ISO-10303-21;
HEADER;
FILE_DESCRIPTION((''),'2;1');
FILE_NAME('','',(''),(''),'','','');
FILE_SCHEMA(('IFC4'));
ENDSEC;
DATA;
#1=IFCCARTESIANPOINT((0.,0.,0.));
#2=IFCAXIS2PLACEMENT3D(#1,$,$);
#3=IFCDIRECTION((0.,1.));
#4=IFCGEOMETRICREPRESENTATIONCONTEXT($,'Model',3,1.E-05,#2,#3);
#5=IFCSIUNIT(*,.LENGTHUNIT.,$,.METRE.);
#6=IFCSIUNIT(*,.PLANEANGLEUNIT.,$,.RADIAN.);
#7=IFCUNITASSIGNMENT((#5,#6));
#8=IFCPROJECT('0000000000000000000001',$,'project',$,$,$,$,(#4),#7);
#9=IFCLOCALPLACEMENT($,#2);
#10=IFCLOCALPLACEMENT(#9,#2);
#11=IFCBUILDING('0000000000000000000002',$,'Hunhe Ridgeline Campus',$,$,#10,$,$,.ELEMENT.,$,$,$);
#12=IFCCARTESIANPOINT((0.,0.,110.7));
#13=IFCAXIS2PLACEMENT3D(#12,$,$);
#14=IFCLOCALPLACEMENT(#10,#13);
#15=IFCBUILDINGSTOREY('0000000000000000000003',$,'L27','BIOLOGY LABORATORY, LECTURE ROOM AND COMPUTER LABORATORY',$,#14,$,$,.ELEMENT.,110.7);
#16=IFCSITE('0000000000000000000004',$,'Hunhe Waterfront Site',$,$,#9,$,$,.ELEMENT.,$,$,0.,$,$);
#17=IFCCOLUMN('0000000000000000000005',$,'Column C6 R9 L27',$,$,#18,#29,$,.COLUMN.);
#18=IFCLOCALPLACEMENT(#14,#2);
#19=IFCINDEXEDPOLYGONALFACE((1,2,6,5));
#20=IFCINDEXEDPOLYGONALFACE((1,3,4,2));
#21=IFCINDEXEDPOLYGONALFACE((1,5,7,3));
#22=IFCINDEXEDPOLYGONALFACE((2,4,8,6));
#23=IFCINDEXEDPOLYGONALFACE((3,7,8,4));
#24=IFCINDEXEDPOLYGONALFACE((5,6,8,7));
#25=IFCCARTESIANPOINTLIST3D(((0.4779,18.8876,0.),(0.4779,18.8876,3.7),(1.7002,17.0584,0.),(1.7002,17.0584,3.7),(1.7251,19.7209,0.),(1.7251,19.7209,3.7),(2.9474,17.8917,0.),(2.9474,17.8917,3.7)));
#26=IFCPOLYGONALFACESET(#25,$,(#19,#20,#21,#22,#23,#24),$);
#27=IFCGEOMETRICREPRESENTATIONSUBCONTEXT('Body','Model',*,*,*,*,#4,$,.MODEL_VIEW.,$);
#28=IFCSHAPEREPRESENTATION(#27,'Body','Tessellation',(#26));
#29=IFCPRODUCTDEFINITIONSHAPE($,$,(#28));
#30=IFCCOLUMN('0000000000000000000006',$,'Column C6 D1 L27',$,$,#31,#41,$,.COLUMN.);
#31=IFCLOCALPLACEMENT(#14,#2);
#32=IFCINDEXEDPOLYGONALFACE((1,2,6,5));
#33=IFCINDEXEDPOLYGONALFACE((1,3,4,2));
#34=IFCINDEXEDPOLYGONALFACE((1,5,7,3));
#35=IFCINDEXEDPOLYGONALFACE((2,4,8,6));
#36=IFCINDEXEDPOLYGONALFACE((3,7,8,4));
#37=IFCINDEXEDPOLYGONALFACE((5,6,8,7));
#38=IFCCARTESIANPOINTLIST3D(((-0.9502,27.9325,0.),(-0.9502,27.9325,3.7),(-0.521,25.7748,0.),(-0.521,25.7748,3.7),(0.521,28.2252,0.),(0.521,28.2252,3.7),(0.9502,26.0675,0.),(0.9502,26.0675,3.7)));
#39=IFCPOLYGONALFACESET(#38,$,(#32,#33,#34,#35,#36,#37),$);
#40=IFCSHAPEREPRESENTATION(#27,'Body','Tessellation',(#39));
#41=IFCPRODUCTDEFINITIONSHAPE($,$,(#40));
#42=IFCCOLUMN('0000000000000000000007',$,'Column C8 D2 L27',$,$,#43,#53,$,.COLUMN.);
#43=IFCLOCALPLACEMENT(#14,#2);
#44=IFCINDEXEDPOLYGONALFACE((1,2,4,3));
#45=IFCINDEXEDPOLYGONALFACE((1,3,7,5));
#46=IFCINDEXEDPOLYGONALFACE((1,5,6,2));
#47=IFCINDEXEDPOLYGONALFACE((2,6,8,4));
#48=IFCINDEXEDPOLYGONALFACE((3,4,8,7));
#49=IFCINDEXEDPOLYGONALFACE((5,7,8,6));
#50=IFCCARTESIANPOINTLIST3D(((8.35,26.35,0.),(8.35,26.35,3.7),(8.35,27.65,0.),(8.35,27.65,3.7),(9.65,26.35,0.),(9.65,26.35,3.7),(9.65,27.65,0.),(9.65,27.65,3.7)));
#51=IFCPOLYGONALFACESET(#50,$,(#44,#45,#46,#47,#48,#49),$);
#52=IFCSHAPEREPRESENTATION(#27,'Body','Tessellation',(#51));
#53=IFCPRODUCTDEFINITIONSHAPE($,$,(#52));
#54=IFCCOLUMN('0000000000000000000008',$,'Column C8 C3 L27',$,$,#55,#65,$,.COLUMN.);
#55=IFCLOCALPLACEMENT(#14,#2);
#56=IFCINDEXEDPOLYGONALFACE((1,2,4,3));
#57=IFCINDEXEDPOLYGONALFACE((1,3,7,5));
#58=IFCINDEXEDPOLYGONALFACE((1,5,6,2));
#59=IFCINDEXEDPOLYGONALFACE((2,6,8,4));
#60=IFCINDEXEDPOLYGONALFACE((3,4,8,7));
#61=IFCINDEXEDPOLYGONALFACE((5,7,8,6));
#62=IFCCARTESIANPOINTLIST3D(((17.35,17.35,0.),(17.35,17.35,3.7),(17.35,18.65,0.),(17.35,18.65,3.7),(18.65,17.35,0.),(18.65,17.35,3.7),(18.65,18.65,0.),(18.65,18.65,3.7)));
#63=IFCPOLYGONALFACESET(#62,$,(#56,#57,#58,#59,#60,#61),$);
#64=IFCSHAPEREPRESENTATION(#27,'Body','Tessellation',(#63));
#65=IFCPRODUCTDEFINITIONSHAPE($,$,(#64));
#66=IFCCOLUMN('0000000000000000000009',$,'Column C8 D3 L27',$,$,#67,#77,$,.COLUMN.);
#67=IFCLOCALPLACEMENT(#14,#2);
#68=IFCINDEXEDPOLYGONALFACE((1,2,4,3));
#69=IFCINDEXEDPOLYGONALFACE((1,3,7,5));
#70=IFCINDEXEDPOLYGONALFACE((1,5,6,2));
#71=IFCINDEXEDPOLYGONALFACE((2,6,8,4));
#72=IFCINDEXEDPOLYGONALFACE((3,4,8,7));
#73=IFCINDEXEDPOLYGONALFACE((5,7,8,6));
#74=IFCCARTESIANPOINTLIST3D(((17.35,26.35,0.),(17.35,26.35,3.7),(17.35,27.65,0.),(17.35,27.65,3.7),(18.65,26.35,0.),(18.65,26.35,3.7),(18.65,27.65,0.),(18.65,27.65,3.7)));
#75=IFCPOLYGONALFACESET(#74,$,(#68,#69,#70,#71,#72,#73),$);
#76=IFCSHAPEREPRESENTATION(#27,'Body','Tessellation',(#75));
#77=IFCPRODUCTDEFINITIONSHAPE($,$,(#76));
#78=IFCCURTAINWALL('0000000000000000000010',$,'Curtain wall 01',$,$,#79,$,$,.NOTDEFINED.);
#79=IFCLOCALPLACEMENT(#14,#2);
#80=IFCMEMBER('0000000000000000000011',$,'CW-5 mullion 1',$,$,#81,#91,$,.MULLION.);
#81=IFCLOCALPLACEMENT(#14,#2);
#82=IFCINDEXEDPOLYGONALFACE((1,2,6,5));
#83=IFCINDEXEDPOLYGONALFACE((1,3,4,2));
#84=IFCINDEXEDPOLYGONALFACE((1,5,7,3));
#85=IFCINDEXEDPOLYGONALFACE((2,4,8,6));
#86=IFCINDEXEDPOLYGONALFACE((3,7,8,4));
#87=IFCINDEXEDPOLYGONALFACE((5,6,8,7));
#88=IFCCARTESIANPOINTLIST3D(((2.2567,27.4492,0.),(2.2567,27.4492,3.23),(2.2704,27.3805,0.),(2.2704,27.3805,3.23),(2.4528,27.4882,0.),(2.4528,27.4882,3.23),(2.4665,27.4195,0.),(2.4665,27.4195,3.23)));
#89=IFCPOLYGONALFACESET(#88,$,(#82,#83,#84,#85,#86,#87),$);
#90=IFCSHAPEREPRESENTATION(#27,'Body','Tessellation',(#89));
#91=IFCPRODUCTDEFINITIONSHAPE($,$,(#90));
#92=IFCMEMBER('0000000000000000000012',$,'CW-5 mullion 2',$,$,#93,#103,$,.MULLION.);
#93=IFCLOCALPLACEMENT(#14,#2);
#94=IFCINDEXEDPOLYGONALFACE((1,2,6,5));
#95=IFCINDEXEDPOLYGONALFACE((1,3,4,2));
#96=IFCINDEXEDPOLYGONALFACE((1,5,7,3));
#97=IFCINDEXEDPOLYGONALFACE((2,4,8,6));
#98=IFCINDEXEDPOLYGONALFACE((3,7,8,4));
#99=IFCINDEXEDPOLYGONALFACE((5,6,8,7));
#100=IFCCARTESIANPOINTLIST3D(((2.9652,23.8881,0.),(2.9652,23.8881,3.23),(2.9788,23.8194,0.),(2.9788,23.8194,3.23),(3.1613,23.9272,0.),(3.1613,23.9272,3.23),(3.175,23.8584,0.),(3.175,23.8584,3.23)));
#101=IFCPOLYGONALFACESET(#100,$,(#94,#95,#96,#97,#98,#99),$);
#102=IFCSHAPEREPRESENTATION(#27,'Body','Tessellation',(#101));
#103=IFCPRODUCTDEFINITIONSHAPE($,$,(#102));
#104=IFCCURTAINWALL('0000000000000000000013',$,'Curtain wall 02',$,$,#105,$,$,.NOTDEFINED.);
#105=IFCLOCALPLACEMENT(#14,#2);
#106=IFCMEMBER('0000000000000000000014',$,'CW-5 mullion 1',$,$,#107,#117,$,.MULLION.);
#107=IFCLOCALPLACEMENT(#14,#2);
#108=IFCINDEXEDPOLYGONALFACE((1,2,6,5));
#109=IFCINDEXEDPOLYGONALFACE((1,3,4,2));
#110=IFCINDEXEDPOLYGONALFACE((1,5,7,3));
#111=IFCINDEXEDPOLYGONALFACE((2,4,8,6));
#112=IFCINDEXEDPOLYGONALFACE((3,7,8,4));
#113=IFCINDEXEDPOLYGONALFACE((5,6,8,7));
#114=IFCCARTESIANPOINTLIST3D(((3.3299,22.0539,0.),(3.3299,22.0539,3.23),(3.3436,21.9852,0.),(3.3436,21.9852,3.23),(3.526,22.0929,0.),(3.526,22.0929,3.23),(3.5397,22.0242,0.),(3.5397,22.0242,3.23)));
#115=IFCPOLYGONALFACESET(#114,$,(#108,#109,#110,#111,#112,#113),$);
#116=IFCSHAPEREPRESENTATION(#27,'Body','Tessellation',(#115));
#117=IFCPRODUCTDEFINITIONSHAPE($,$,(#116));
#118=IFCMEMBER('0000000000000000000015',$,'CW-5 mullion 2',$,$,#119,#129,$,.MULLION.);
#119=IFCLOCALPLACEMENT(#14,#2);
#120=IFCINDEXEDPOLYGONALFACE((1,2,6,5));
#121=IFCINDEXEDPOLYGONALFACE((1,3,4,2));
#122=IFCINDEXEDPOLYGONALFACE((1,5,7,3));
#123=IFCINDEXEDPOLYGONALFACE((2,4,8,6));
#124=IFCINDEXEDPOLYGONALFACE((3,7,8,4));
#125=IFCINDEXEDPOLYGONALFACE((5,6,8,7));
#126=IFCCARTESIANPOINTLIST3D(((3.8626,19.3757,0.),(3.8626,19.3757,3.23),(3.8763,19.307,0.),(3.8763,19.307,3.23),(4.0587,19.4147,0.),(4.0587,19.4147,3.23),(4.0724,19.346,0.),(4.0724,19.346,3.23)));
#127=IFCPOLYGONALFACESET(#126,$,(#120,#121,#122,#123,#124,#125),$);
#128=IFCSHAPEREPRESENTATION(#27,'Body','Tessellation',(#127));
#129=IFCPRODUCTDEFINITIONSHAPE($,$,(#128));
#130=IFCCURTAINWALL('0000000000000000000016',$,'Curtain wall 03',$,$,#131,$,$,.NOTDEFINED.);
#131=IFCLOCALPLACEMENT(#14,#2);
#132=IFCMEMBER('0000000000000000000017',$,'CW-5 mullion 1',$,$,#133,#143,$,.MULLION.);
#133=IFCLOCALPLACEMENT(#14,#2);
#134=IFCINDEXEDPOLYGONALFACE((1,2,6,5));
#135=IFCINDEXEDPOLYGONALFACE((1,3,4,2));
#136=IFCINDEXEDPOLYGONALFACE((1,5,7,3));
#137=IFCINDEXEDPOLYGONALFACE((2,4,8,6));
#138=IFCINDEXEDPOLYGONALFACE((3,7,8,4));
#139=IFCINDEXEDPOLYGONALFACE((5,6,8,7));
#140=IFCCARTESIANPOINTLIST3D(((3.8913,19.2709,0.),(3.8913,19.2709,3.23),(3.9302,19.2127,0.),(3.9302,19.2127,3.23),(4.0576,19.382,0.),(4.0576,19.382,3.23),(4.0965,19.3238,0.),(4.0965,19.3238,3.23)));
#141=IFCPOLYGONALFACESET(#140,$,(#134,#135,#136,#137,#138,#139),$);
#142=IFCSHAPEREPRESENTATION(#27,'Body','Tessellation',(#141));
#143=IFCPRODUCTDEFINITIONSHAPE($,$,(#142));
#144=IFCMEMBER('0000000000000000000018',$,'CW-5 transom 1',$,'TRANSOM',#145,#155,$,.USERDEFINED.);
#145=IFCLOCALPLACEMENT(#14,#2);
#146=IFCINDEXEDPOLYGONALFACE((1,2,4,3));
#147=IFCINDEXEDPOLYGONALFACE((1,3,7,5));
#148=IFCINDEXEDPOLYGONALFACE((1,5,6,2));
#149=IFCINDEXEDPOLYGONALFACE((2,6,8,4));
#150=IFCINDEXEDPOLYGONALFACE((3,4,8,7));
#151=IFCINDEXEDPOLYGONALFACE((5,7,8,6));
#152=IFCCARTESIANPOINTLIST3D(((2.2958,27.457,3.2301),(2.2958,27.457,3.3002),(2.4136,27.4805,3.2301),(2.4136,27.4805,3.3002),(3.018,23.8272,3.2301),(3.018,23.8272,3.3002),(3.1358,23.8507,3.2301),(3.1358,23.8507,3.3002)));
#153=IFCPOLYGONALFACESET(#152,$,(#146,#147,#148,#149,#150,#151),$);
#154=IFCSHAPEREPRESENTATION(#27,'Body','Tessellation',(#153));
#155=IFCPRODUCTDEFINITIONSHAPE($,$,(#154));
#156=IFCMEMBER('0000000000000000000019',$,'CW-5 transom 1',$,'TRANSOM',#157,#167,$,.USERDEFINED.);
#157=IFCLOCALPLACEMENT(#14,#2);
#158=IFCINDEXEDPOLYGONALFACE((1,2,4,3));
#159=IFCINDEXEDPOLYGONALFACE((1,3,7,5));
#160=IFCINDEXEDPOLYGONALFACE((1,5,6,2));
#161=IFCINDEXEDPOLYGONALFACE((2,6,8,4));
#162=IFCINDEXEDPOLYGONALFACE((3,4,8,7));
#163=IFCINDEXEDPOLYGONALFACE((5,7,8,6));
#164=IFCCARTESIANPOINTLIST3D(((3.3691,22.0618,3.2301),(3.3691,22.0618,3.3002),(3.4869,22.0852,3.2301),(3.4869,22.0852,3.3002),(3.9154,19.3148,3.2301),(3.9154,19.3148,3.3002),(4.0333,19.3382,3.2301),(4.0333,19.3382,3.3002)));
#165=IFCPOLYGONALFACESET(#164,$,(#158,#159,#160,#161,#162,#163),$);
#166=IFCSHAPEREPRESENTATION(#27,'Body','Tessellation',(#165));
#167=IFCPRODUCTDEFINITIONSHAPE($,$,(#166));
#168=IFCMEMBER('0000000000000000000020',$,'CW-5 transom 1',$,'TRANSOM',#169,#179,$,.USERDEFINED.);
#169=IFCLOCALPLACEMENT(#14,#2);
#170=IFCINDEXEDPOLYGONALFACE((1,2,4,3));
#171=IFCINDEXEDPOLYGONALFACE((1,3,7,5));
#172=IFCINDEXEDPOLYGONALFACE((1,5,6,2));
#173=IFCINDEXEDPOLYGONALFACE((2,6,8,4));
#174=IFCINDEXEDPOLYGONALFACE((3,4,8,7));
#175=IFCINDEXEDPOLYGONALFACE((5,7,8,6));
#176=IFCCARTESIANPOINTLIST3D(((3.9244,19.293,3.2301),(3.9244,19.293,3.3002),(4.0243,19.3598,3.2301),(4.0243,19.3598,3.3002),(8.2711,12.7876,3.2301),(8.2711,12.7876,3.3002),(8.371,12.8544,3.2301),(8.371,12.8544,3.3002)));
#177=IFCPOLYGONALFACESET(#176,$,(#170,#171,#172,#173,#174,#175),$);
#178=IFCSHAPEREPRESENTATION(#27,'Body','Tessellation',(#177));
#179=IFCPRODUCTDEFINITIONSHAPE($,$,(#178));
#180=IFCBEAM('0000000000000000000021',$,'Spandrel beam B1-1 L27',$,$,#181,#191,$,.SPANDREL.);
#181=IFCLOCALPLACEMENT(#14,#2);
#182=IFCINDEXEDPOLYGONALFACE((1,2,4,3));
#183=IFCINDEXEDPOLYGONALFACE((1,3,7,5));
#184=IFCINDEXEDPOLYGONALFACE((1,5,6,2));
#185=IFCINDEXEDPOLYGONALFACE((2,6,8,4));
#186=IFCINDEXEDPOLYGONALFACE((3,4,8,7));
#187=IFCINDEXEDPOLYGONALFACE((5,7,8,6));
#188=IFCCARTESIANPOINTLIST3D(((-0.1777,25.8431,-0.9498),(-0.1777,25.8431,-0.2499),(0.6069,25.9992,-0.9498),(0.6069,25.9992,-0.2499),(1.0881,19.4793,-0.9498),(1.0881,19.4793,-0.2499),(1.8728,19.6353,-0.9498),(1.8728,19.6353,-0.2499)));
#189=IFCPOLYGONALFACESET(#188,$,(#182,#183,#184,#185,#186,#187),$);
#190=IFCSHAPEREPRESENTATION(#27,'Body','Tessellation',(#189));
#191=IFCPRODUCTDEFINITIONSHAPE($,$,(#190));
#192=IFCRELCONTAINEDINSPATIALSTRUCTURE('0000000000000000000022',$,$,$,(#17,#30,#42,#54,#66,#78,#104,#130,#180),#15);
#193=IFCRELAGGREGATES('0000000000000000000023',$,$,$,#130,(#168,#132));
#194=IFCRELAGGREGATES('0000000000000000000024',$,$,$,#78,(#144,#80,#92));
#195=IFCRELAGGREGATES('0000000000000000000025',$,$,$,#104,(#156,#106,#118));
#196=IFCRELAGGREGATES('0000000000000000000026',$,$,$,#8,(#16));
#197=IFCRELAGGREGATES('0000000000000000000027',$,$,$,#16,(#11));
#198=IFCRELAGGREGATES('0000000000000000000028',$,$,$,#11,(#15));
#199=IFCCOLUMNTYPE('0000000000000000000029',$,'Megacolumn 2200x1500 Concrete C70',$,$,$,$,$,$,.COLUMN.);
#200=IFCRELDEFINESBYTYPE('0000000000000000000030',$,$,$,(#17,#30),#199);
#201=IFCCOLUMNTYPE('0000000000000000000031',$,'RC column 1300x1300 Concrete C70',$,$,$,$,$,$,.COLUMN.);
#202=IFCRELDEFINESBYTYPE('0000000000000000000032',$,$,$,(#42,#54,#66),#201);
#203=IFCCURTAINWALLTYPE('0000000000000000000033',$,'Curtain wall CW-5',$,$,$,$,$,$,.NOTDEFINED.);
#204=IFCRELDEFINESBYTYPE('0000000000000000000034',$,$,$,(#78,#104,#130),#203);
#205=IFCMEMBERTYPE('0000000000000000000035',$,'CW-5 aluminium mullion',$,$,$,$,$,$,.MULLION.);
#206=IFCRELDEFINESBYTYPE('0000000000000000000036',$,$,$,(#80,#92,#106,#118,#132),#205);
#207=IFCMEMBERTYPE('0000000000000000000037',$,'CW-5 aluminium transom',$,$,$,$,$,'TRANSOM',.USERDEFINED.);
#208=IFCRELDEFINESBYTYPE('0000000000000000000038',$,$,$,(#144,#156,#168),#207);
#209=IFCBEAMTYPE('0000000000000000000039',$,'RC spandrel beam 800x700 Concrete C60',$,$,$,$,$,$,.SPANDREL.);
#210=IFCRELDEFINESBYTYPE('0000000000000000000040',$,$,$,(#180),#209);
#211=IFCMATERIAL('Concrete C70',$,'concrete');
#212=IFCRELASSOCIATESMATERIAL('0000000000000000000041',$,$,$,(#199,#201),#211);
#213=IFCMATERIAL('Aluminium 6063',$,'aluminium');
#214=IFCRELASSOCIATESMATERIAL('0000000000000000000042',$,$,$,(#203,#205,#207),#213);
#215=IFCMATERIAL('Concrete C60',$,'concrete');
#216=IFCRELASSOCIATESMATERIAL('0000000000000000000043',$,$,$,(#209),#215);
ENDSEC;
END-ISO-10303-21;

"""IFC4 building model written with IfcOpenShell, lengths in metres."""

from ifc_helpers import new_model, si_unit, direction, frame, origin, origin_2d, place, context, subcontext, project, spatial, rectangle, extrude, material, material_profile, profile_set, type_object, element, aggregate, save


model = new_model("IFC4")

# Units and contexts
model_context = context("Model", 3, precision=1e-05, world=origin(), true_north=direction((0.0, 1.0)))
body_context = subcontext(model_context, "Body", "Model", "MODEL_VIEW")
ifc_project = project(units=[si_unit("LENGTHUNIT", "METRE"), si_unit("PLANEANGLEUNIT", "RADIAN")], contexts=[model_context])

# Site, building, storey
site_placement = place(None, origin())
site = spatial("IfcSite", under=ifc_project, at=site_placement, Name="Hunhe Waterfront Site", CompositionType="ELEMENT", RefElevation=0.0)
building_placement = place(site_placement, origin())
building = spatial("IfcBuilding", under=site, at=building_placement, Name="Hunhe Ridgeline Campus", CompositionType="ELEMENT")
storey_placement = place(building_placement, frame((0.0, 0.0, 110.7)))
storey = spatial("IfcBuildingStorey", under=building, at=storey_placement, Name="L27", Description="BIOLOGY LABORATORY, LECTURE ROOM AND COMPUTER LABORATORY", CompositionType="ELEMENT", Elevation=110.7)

# Columns
ifc_material_1 = material(Name="Concrete C70", Category="concrete")
ifc_material_profile_1 = material_profile(ifc_material_1, rectangle(XDim=2.2, YDim=1.5, at=origin_2d()))
ifc_profile_set_1 = profile_set([ifc_material_profile_1], Name="Concrete C70")
column_type_1 = type_object("IfcColumnType", Name="Megacolumn 2200x1500 Concrete C70", PredefinedType="COLUMN", material=ifc_profile_set_1)
for number, where, z_axis, x_axis, name in (
    (1, (1.7126, 18.3896, 0.0), (0.0, 0.0, 1.0), (-0.55557, 0.83147, 0.0), "Column C6 R9 L27"),
    (2, (0.0, 27.0, 0.0), (0.0, 0.0, 1.0), (-0.19509, 0.980785, 0.0), "Column C6 D1 L27"),
):
    element("IfcColumn", number, at=place(storey_placement, frame(where, z_axis=z_axis, x_axis=x_axis)), inside=storey, type_object=column_type_1, Name=name, PredefinedType="COLUMN", context=body_context, shape_type="SweptSolid", body=[
        extrude(rectangle(XDim=2.2, YDim=1.5, at=origin_2d()), origin(), (0.0, 0.0, 1.0), 3.7),
    ])
ifc_material_profile_2 = material_profile(ifc_material_1, rectangle(XDim=1.3, YDim=1.3, at=origin_2d()))
ifc_profile_set_2 = profile_set([ifc_material_profile_2], Name="Concrete C70")
column_type_2 = type_object("IfcColumnType", Name="RC column 1300x1300 Concrete C70", PredefinedType="COLUMN", material=ifc_profile_set_2)
for number, where, z_axis, x_axis, name in (
    (3, (9.0, 27.0, 0.0), (0.0, 0.0, 1.0), (1.0, 0.0, 0.0), "Column C8 D2 L27"),
    (4, (18.0, 18.0, 0.0), (0.0, 0.0, 1.0), (1.0, 0.0, 0.0), "Column C8 C3 L27"),
    (5, (18.0, 27.0, 0.0), (0.0, 0.0, 1.0), (1.0, 0.0, 0.0), "Column C8 D3 L27"),
):
    element("IfcColumn", number, at=place(storey_placement, frame(where, z_axis=z_axis, x_axis=x_axis)), inside=storey, type_object=column_type_2, Name=name, PredefinedType="COLUMN", context=body_context, shape_type="SweptSolid", body=[
        extrude(rectangle(XDim=1.3, YDim=1.3, at=origin_2d()), origin(), (0.0, 0.0, 1.0), 3.7),
    ])

# Curtain walls, members
ifc_material_2 = material(Name="Aluminium 6063", Category="aluminium")
curtain_wall_type = type_object("IfcCurtainWallType", Name="Curtain wall CW-5", PredefinedType="NOTDEFINED", material=ifc_material_2)
curtain_wall_1_placement = place(storey_placement, origin())
curtain_wall_1 = element("IfcCurtainWall", 6, at=curtain_wall_1_placement, inside=storey, type_object=curtain_wall_type, Name="Curtain wall 01", PredefinedType="NOTDEFINED")
ifc_material_profile_3 = material_profile(ifc_material_2, rectangle(XDim=0.2, YDim=0.0701, at=origin_2d()))
ifc_profile_set_3 = profile_set([ifc_material_profile_3], Name="Aluminium 6063")
member_type_1 = type_object("IfcMemberType", Name="CW-5 aluminium mullion", PredefinedType="MULLION", material=ifc_profile_set_3)
member_1_placement = place(storey_placement, frame((2.3616, 27.4343, 0.0), z_axis=(0.0, 0.0, 1.0), x_axis=(0.980784, 0.195095, 0.0)))
member_1 = element("IfcMember", 7, at=member_1_placement, type_object=member_type_1, Name="CW-5 mullion 1", PredefinedType="MULLION", context=body_context, shape_type="SweptSolid", body=[
    extrude(rectangle(XDim=0.2, YDim=0.0701, at=origin_2d()), origin(), (0.0, 0.0, 1.0), 3.23),
])
member_2_placement = place(storey_placement, frame((3.0701, 23.8733, 0.0), z_axis=(0.0, 0.0, 1.0), x_axis=(0.980784, 0.195095, 0.0)))
member_2 = element("IfcMember", 8, at=member_2_placement, type_object=member_type_1, Name="CW-5 mullion 2", PredefinedType="MULLION", context=body_context, shape_type="SweptSolid", body=[
    extrude(rectangle(XDim=0.2, YDim=0.0701, at=origin_2d()), origin(), (0.0, 0.0, 1.0), 3.23),
])
curtain_wall_2_placement = place(storey_placement, origin())
curtain_wall_2 = element("IfcCurtainWall", 9, at=curtain_wall_2_placement, inside=storey, type_object=curtain_wall_type, Name="Curtain wall 02", PredefinedType="NOTDEFINED")
member_3_placement = place(storey_placement, frame((3.4348, 22.0391, 0.0), z_axis=(0.0, 0.0, 1.0), x_axis=(0.980784, 0.195095, 0.0)))
member_3 = element("IfcMember", 10, at=member_3_placement, type_object=member_type_1, Name="CW-5 mullion 1", PredefinedType="MULLION", context=body_context, shape_type="SweptSolid", body=[
    extrude(rectangle(XDim=0.2, YDim=0.0701, at=origin_2d()), origin(), (0.0, 0.0, 1.0), 3.23),
])
member_4_placement = place(storey_placement, frame((3.9675, 19.3608, 0.0), z_axis=(0.0, 0.0, 1.0), x_axis=(0.980784, 0.195095, 0.0)))
member_4 = element("IfcMember", 11, at=member_4_placement, type_object=member_type_1, Name="CW-5 mullion 2", PredefinedType="MULLION", context=body_context, shape_type="SweptSolid", body=[
    extrude(rectangle(XDim=0.2, YDim=0.0701, at=origin_2d()), origin(), (0.0, 0.0, 1.0), 3.23),
])

# Curtain wall, member
curtain_wall_3_placement = place(storey_placement, origin())
curtain_wall_3 = element("IfcCurtainWall", 12, at=curtain_wall_3_placement, inside=storey, type_object=curtain_wall_type, Name="Curtain wall 03", PredefinedType="NOTDEFINED")
member_5_placement = place(storey_placement, frame((3.9939, 19.2974, 0.0), z_axis=(0.0, 0.0, 1.0), x_axis=(0.83147, 0.55557, 0.0)))
member_5 = element("IfcMember", 13, at=member_5_placement, type_object=member_type_1, Name="CW-5 mullion 1", PredefinedType="MULLION", context=body_context, shape_type="SweptSolid", body=[
    extrude(rectangle(XDim=0.2, YDim=0.0701, at=origin_2d()), origin(), (0.0, 0.0, 1.0), 3.23),
])

# Members
ifc_material_profile_4 = material_profile(ifc_material_2, rectangle(XDim=0.1201, YDim=0.0701, at=origin_2d()))
ifc_profile_set_4 = profile_set([ifc_material_profile_4], Name="Aluminium 6063")
member_type_2 = type_object("IfcMemberType", Name="CW-5 aluminium transom", ElementType="TRANSOM", PredefinedType="USERDEFINED", material=ifc_profile_set_4)
member_6_placement = place(storey_placement, frame((2.3547, 27.4688, 3.2651), z_axis=(0.195127, -0.980778, 0.0), x_axis=(0.980778, 0.195127, 0.0)))
member_6 = element("IfcMember", 14, at=member_6_placement, type_object=member_type_2, Name="CW-5 transom 1", ObjectType="TRANSOM", PredefinedType="USERDEFINED", context=body_context, shape_type="SweptSolid", body=[
    extrude(rectangle(XDim=0.1201, YDim=0.0701, at=origin_2d()), origin(), (0.0, 0.0, 1.0), 3.7009),
])
member_7_placement = place(storey_placement, frame((3.428, 22.0735, 3.2651), z_axis=(0.195077, -0.980788, 0.0), x_axis=(0.980788, 0.195077, 0.0)))
member_7 = element("IfcMember", 15, at=member_7_placement, type_object=member_type_2, Name="CW-5 transom 1", ObjectType="TRANSOM", PredefinedType="USERDEFINED", context=body_context, shape_type="SweptSolid", body=[
    extrude(rectangle(XDim=0.1201, YDim=0.0701, at=origin_2d()), origin(), (0.0, 0.0, 1.0), 2.8008),
])
member_8_placement = place(storey_placement, frame((3.9744, 19.3264, 3.2651), z_axis=(0.555564, -0.831474, 0.0), x_axis=(0.831474, 0.555564, 0.0)))
member_8 = element("IfcMember", 16, at=member_8_placement, type_object=member_type_2, Name="CW-5 transom 1", ObjectType="TRANSOM", PredefinedType="USERDEFINED", context=body_context, shape_type="SweptSolid", body=[
    extrude(rectangle(XDim=0.1201, YDim=0.0701, at=origin_2d()), origin(), (0.0, 0.0, 1.0), 7.824),
])
aggregate(curtain_wall_3, [member_8, member_5])

# Beam
ifc_material_3 = material(Name="Concrete C60", Category="concrete")
ifc_material_profile_5 = material_profile(ifc_material_3, rectangle(XDim=0.8, YDim=0.7, at=origin_2d()))
ifc_profile_set_5 = profile_set([ifc_material_profile_5], Name="Concrete C60")
beam_type = type_object("IfcBeamType", Name="RC spandrel beam 800x700 Concrete C60", PredefinedType="SPANDREL", material=ifc_profile_set_5)
beam_placement = place(storey_placement, frame((0.2146, 25.9211, -0.5999), z_axis=(0.195096, -0.980784, 0.0), x_axis=(0.980784, 0.195096, 0.0)))
element("IfcBeam", 17, at=beam_placement, inside=storey, type_object=beam_type, Name="Spandrel beam B1-1 L27", PredefinedType="SPANDREL", context=body_context, shape_type="SweptSolid", body=[
    extrude(rectangle(XDim=0.8, YDim=0.7, at=origin_2d()), origin(), (0.0, 0.0, 1.0), 6.4885),
])

aggregate(curtain_wall_1, [member_6, member_1, member_2])
aggregate(curtain_wall_2, [member_7, member_3, member_4])

save(model, "model.ifc")
